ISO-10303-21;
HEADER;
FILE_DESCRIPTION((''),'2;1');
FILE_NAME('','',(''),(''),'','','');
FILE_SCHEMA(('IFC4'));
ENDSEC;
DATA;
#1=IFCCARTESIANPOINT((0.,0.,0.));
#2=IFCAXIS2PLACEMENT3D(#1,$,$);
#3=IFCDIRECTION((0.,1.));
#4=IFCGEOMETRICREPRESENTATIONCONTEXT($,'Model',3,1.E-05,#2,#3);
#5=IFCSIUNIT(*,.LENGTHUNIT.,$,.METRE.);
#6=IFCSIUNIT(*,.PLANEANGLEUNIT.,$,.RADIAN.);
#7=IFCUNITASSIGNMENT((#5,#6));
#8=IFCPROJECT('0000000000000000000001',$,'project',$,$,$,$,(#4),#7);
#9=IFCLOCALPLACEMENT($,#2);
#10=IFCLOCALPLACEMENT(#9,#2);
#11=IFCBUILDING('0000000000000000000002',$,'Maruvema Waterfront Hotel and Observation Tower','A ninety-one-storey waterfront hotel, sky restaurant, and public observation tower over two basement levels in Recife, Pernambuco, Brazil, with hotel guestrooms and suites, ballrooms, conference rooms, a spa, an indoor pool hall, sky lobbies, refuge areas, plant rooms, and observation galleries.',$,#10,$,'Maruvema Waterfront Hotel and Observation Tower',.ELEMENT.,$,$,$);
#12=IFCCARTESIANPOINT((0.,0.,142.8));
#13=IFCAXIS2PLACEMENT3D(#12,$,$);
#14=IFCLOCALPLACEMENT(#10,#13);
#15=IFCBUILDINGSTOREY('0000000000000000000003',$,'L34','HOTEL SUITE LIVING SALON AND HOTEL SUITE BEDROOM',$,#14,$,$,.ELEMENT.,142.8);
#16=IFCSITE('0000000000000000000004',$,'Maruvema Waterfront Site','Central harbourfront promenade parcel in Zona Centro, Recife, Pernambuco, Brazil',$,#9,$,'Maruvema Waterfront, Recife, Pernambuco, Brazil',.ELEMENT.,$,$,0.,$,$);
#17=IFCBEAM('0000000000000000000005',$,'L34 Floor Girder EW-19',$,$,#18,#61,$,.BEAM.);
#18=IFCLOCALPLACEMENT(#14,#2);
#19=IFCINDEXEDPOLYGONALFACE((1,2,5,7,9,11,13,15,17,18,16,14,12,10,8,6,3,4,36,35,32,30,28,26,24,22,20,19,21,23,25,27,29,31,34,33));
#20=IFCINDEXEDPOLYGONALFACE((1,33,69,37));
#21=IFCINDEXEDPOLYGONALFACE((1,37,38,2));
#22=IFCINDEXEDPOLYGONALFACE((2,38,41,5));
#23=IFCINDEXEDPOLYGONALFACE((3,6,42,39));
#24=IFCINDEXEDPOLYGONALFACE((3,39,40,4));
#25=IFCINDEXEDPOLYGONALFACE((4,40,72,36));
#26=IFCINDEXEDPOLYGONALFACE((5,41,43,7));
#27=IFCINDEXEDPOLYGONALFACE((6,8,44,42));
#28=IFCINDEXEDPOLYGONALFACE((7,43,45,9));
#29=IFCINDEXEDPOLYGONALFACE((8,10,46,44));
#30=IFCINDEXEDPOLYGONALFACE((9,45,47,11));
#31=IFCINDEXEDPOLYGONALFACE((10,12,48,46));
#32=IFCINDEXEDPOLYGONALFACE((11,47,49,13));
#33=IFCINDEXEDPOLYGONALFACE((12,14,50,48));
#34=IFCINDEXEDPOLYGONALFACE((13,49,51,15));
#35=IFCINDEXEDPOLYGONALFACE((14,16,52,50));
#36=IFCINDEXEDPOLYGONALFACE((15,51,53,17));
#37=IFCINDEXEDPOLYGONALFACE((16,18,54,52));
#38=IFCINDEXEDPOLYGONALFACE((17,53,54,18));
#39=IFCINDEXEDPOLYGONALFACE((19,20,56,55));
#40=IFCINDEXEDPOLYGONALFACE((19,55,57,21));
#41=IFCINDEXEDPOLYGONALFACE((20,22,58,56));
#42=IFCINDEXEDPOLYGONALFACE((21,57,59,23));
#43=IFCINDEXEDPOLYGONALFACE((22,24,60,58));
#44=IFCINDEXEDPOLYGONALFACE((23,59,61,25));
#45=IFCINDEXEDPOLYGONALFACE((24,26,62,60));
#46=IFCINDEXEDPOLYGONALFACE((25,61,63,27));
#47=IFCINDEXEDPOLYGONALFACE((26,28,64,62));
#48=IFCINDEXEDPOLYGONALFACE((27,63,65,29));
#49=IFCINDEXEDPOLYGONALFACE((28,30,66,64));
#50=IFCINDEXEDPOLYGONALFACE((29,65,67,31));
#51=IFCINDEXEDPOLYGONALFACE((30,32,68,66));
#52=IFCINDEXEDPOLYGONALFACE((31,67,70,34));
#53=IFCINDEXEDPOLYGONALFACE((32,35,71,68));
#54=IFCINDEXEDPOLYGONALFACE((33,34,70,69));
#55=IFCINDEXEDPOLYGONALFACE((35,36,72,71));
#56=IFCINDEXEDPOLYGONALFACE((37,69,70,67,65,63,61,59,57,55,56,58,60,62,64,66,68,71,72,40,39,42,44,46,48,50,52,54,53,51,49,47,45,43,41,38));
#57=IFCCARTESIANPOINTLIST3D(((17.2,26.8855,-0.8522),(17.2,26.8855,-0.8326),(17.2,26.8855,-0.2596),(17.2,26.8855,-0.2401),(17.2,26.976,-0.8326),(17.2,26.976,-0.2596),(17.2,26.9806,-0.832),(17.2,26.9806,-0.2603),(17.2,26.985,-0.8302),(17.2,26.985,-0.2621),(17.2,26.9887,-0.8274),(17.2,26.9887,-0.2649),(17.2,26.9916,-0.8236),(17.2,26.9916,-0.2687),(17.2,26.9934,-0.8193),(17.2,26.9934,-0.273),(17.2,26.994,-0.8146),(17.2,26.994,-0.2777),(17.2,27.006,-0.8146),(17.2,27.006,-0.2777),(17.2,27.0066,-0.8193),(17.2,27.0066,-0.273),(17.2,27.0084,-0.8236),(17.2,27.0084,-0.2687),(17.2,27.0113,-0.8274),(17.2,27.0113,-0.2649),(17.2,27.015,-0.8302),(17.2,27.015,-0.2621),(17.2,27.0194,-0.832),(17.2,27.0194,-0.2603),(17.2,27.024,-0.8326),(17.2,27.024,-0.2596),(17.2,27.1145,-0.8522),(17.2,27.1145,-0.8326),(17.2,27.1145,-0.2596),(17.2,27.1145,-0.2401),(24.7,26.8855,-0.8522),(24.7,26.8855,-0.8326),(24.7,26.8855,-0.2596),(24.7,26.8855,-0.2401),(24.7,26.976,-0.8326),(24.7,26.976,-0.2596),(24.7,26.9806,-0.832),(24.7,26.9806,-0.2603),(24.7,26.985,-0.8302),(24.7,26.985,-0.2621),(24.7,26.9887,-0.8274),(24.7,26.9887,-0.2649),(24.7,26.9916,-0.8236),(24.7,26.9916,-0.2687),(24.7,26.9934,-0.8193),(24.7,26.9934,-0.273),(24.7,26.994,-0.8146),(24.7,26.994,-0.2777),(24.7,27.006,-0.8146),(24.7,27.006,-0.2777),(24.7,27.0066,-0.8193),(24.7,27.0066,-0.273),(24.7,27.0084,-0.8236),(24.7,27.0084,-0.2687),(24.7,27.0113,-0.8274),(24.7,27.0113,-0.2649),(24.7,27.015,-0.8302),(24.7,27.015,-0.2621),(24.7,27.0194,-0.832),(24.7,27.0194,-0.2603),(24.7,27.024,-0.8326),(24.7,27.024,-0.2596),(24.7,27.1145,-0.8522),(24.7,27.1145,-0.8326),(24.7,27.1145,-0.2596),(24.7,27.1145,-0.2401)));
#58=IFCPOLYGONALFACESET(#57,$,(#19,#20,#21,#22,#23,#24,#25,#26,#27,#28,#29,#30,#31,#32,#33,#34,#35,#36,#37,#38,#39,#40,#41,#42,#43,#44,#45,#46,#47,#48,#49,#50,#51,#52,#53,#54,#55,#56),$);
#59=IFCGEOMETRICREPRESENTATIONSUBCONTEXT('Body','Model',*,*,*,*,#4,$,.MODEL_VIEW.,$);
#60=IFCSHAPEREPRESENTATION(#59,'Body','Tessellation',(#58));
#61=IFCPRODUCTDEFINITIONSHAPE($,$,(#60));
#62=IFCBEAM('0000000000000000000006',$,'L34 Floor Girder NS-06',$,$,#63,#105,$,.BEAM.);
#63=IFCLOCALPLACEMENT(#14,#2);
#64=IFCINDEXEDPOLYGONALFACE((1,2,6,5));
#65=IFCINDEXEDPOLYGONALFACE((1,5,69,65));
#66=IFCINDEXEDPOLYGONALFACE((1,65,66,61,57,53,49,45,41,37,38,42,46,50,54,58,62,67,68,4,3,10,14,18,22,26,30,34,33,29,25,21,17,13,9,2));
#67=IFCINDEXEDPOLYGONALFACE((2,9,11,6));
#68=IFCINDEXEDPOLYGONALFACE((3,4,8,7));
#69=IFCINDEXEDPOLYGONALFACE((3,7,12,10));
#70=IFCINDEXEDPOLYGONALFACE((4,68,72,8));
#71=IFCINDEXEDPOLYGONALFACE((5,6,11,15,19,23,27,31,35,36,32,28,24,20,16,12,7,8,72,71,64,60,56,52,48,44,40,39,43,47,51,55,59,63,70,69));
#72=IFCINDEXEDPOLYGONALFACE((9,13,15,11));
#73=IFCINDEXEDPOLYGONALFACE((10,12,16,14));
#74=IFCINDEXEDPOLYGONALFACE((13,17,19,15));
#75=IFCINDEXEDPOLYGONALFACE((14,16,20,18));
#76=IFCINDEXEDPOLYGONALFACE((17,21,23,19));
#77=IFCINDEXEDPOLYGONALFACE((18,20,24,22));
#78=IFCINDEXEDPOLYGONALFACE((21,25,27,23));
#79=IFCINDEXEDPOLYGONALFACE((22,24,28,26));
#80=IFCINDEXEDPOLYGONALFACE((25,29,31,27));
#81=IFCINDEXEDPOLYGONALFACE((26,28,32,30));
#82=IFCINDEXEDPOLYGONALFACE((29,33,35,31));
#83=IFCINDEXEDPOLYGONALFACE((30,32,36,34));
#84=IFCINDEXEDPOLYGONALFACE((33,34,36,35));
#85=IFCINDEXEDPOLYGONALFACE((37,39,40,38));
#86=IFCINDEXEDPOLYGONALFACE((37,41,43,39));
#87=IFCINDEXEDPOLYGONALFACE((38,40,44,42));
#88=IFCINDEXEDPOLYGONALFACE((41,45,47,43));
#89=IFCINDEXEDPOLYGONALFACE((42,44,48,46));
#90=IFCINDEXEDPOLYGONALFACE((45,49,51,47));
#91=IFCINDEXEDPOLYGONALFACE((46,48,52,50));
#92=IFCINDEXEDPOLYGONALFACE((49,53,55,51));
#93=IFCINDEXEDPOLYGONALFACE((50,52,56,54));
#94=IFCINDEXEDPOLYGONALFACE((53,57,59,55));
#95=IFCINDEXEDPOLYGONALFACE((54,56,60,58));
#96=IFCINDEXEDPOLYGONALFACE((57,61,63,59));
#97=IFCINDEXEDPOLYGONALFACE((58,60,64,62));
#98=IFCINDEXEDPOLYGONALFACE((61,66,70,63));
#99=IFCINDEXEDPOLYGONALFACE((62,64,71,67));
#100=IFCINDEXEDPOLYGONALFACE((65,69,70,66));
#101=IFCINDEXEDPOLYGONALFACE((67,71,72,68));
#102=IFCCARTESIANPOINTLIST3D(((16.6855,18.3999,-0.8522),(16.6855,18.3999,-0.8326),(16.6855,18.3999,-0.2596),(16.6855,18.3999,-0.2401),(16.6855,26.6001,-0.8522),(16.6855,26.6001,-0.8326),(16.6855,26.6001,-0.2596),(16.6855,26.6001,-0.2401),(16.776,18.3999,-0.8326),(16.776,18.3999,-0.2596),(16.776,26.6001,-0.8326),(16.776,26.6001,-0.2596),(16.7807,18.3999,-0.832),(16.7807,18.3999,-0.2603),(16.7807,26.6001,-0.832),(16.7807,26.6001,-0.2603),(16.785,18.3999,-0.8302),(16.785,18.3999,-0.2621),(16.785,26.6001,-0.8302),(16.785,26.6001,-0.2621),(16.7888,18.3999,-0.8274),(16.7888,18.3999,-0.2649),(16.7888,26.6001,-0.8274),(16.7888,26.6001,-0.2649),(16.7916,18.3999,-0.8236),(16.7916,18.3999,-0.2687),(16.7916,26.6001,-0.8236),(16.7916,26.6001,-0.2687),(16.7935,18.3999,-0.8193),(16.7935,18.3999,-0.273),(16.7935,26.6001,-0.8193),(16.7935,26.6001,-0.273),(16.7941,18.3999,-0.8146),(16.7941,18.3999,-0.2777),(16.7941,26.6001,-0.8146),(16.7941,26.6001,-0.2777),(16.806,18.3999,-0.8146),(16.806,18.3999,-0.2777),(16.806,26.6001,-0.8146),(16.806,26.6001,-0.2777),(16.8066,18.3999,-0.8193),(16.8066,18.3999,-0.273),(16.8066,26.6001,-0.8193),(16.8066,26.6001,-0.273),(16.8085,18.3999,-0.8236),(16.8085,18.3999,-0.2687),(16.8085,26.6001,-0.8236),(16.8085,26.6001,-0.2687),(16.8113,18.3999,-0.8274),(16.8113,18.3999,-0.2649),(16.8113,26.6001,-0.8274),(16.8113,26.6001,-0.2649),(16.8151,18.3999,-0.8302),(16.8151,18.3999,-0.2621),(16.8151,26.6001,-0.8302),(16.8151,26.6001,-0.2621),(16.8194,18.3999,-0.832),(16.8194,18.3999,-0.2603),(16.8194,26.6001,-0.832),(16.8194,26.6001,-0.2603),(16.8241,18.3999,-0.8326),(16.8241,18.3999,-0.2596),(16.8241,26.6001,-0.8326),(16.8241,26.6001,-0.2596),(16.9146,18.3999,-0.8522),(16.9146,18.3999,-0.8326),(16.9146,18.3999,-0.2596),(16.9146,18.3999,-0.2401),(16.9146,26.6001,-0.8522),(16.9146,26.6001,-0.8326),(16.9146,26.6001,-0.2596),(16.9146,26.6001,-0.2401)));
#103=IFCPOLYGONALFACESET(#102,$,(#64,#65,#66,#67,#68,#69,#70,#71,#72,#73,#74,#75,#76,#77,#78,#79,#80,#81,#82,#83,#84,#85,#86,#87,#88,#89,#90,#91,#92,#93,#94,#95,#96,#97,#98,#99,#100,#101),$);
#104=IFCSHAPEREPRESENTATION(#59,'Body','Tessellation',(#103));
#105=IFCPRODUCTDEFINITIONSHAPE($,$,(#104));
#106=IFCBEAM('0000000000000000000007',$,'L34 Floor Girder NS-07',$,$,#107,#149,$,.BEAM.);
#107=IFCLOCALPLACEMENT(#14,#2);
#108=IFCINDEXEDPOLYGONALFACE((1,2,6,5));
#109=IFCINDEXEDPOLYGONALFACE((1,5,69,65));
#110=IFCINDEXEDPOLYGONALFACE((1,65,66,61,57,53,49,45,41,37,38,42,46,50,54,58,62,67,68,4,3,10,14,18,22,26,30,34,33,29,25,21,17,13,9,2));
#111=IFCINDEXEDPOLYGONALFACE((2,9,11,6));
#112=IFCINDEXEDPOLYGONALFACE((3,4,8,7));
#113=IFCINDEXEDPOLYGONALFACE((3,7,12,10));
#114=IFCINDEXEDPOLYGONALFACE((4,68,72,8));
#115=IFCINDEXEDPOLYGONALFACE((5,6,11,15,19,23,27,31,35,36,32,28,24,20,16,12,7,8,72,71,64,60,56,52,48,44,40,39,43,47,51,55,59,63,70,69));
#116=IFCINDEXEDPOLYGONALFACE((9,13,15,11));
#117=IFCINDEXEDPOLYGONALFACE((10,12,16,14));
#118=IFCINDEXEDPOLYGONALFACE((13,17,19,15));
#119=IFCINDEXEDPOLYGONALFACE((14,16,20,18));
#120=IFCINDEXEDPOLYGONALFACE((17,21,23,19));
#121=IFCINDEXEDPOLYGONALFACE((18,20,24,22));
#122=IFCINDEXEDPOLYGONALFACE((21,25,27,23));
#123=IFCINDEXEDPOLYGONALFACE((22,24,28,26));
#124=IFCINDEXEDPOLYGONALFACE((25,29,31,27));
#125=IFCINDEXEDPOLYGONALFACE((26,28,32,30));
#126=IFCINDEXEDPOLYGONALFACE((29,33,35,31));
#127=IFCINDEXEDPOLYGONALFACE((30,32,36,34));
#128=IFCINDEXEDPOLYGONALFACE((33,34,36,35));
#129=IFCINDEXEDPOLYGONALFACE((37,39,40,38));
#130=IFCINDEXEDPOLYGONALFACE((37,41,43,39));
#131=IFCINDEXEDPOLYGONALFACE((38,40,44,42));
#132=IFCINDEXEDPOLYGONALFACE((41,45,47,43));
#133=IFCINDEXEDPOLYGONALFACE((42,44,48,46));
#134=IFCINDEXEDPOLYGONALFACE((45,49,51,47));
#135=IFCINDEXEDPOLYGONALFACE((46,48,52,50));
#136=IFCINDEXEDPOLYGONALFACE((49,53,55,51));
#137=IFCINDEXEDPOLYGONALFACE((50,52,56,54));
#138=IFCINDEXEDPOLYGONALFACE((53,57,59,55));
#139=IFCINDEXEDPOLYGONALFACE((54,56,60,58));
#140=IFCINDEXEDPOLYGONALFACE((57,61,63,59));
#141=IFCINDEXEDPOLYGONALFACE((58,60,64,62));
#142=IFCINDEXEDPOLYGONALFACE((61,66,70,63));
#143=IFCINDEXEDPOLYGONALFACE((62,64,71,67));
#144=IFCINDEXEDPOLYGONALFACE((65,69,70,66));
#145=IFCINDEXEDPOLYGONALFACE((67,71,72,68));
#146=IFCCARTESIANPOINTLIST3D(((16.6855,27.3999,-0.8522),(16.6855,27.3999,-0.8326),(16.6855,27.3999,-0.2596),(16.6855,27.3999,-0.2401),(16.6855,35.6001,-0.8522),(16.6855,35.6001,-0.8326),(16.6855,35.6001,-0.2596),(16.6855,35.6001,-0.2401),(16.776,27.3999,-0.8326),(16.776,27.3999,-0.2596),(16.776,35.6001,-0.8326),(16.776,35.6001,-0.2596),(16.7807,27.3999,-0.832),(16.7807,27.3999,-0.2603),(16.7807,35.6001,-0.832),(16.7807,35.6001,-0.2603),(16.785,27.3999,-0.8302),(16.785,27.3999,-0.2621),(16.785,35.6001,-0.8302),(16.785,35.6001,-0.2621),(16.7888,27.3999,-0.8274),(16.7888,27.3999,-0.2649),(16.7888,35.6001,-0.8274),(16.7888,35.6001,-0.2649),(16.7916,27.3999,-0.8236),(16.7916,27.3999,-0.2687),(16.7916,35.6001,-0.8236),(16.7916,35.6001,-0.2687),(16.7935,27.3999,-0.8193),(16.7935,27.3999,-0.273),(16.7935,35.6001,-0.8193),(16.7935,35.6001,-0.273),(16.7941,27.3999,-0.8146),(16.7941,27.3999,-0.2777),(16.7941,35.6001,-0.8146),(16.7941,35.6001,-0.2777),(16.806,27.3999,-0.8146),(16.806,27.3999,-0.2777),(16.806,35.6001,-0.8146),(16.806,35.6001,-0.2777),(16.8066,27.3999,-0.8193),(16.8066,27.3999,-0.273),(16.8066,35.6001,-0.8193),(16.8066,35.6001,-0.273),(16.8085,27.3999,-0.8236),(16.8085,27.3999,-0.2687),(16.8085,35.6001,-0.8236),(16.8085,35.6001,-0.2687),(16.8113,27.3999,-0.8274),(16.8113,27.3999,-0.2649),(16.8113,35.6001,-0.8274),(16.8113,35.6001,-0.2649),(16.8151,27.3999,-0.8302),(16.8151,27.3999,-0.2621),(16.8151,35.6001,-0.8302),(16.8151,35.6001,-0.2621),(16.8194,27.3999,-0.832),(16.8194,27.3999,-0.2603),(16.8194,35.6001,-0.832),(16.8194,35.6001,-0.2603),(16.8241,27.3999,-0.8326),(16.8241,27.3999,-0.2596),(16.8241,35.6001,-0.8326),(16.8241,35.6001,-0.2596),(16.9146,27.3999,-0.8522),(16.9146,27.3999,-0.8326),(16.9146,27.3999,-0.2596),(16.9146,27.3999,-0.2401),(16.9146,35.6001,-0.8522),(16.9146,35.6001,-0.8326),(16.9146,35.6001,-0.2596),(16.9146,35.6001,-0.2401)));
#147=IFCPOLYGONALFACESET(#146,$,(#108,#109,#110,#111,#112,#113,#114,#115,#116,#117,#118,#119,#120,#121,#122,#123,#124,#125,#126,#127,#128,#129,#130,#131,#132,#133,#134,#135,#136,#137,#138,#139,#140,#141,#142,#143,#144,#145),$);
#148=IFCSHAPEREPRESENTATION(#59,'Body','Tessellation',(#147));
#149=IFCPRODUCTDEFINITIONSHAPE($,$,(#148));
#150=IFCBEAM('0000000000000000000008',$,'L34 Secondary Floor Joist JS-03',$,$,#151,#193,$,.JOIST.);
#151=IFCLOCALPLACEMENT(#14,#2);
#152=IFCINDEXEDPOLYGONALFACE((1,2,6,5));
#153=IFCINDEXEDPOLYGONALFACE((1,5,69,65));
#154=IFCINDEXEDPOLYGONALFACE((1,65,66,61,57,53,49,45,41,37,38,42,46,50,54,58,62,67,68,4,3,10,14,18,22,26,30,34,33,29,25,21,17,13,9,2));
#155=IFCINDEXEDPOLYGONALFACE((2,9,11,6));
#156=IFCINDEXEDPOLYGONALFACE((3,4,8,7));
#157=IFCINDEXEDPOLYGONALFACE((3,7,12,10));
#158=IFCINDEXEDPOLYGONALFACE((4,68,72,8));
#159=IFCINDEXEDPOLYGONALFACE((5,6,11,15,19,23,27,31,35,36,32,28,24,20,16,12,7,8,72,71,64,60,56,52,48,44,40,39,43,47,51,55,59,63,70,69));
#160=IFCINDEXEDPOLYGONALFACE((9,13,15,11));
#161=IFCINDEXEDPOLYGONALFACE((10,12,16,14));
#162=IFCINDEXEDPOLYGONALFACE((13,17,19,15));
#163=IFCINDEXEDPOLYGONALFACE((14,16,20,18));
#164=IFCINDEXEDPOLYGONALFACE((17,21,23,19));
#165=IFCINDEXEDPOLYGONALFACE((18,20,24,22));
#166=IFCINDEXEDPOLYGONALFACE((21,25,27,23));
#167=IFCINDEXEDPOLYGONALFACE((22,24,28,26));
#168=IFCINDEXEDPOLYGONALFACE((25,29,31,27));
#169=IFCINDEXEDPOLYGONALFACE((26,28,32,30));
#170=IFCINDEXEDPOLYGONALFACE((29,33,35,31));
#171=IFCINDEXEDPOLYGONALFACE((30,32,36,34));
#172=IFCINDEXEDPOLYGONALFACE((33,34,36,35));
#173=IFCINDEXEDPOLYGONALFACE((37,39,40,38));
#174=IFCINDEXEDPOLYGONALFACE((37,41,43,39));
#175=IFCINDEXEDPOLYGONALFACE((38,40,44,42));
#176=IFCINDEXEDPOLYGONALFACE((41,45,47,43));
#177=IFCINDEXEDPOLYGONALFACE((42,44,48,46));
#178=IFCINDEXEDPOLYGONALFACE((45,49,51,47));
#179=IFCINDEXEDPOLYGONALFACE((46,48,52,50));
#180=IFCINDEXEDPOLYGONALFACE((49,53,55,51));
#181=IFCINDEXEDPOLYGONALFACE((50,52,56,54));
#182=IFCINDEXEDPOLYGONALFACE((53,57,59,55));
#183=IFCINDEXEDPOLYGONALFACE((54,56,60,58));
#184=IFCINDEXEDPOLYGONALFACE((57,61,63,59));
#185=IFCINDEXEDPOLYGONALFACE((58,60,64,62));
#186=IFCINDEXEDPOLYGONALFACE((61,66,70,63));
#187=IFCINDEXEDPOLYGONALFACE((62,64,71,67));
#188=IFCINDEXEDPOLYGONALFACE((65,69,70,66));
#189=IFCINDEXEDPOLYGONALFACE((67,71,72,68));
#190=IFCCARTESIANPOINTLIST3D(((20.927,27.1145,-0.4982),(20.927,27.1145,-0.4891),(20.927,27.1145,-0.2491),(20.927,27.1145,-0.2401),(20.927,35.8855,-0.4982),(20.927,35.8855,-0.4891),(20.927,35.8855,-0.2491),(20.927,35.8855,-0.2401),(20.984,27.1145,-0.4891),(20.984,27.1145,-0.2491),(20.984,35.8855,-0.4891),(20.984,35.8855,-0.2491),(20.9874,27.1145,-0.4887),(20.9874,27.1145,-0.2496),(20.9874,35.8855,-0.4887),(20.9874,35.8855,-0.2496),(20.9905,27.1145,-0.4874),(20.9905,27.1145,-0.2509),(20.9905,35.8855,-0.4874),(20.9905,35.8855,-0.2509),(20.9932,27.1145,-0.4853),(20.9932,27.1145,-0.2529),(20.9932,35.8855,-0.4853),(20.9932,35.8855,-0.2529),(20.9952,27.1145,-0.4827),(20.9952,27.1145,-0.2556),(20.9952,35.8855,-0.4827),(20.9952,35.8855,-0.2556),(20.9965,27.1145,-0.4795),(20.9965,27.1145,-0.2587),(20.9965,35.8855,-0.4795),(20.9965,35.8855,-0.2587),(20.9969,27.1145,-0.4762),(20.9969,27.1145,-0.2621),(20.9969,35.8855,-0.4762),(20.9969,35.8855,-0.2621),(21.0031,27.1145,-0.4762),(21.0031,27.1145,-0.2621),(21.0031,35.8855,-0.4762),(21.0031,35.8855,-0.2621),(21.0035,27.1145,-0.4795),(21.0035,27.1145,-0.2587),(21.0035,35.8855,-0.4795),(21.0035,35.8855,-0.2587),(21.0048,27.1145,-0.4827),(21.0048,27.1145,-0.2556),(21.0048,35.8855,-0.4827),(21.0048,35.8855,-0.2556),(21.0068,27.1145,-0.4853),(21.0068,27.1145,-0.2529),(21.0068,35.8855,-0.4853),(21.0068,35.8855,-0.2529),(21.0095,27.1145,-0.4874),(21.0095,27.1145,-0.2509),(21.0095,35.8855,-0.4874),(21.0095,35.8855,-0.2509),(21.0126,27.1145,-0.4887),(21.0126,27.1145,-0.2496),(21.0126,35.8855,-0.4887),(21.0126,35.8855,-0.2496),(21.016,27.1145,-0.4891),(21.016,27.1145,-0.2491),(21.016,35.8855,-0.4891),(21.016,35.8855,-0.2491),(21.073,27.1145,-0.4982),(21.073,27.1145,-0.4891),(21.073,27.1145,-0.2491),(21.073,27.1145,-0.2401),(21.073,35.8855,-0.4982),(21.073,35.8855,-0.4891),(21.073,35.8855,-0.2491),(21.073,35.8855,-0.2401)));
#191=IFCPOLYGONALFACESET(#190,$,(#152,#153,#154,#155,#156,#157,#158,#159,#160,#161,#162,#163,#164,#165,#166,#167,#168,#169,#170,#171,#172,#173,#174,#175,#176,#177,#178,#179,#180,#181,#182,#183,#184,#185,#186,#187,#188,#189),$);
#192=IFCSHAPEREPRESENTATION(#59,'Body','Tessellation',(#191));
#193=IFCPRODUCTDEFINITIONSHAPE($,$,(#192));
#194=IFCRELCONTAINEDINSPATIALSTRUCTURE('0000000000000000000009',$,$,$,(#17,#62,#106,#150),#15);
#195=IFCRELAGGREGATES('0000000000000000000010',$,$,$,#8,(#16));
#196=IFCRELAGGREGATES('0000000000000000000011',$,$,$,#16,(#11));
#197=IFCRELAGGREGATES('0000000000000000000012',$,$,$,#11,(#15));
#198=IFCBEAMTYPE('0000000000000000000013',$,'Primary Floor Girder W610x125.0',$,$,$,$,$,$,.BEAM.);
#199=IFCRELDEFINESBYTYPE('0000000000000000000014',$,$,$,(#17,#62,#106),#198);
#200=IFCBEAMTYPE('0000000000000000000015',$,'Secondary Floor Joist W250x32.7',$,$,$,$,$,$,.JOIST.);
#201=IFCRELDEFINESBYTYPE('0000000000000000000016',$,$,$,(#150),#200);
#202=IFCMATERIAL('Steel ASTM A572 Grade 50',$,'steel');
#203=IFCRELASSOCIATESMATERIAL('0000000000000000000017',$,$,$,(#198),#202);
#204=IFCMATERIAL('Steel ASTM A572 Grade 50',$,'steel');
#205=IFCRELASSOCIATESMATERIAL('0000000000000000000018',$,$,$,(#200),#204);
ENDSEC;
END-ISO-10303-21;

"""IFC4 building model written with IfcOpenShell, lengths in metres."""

from ifc_helpers import new_model, si_unit, direction, frame, origin, origin_2d, place, context, subcontext, project, spatial, i_section, extrude, material, material_profile, profile_set, type_object, element, save


model = new_model("IFC4")

# Units and contexts
model_context = context("Model", 3, precision=1e-05, world=origin(), true_north=direction((0.0, 1.0)))
body_context = subcontext(model_context, "Body", "Model", "MODEL_VIEW")
ifc_project = project(units=[si_unit("LENGTHUNIT", "METRE"), si_unit("PLANEANGLEUNIT", "RADIAN")], contexts=[model_context])

# Site, building, storey
site_placement = place(None, origin())
site = spatial("IfcSite", under=ifc_project, at=site_placement, Name="Maruvema Waterfront Site", Description="Central harbourfront promenade parcel in Zona Centro, Recife, Pernambuco, Brazil", LongName="Maruvema Waterfront, Recife, Pernambuco, Brazil", CompositionType="ELEMENT", RefElevation=0.0)
building_placement = place(site_placement, origin())
building = spatial("IfcBuilding", under=site, at=building_placement, Name="Maruvema Waterfront Hotel and Observation Tower", Description="A ninety-one-storey waterfront hotel, sky restaurant, and public observation tower over two basement levels in Recife, Pernambuco, Brazil, with hotel guestrooms and suites, ballrooms, conference rooms, a spa, an indoor pool hall, sky lobbies, refuge areas, plant rooms, and observation galleries.", LongName="Maruvema Waterfront Hotel and Observation Tower", CompositionType="ELEMENT")
storey_placement = place(building_placement, frame((0.0, 0.0, 142.8)))
storey = spatial("IfcBuildingStorey", under=building, at=storey_placement, Name="L34", Description="HOTEL SUITE LIVING SALON AND HOTEL SUITE BEDROOM", CompositionType="ELEMENT", Elevation=142.8)

# Beams
ifc_material_1 = material(Name="Steel ASTM A572 Grade 50", Category="steel")
ifc_material_profile_1 = material_profile(ifc_material_1, i_section(OverallWidth=0.229, OverallDepth=0.6121, WebThickness=0.012, FlangeThickness=0.0195, FilletRadius=0.0181, at=origin_2d()), Name="W610x125.0")
ifc_profile_set_1 = profile_set([ifc_material_profile_1], Name="Steel ASTM A572 Grade 50")
beam_type_1 = type_object("IfcBeamType", Name="Primary Floor Girder W610x125.0", PredefinedType="BEAM", material=ifc_profile_set_1)
beam_1_placement = place(storey_placement, frame((17.2, 27.0, -0.5461), z_axis=(1.0, 0.0, 0.0), x_axis=(0.0, 1.0, 0.0)))
element("IfcBeam", 1, at=beam_1_placement, inside=storey, type_object=beam_type_1, Name="L34 Floor Girder EW-19", PredefinedType="BEAM", context=body_context, shape_type="SweptSolid", body=[
    extrude(i_section(OverallWidth=0.229, OverallDepth=0.6121, WebThickness=0.012, FlangeThickness=0.0195, FilletRadius=0.0181, at=origin_2d()), origin(), (0.0, 0.0, 1.0), 7.5),
])
for number, where, z_axis, x_axis, name in (
    (2, (16.8, 18.3999, -0.5461), (0.0, 1.0, 0.0), (-1.0, 0.0, 0.0), "L34 Floor Girder NS-06"),
    (3, (16.8, 27.3999, -0.5461), (0.0, 1.0, 0.0), (-1.0, 0.0, 0.0), "L34 Floor Girder NS-07"),
):
    element("IfcBeam", number, at=place(storey_placement, frame(where, z_axis=z_axis, x_axis=x_axis)), inside=storey, type_object=beam_type_1, Name=name, PredefinedType="BEAM", context=body_context, shape_type="SweptSolid", body=[
        extrude(i_section(OverallWidth=0.229, OverallDepth=0.6121, WebThickness=0.012, FlangeThickness=0.0195, FilletRadius=0.0181, at=origin_2d()), origin(), (0.0, 0.0, 1.0), 8.2002),
    ])
ifc_material_2 = material(Name="Steel ASTM A572 Grade 50", Category="steel")
ifc_material_profile_2 = material_profile(ifc_material_2, i_section(OverallWidth=0.146, OverallDepth=0.2581, WebThickness=0.0061, FlangeThickness=0.009, FilletRadius=0.0129, at=origin_2d()), Name="W250x32.7")
ifc_profile_set_2 = profile_set([ifc_material_profile_2], Name="Steel ASTM A572 Grade 50")
beam_type_2 = type_object("IfcBeamType", Name="Secondary Floor Joist W250x32.7", PredefinedType="JOIST", material=ifc_profile_set_2)
beam_2_placement = place(storey_placement, frame((21.0, 27.1145, -0.3691), z_axis=(0.0, 1.0, 0.0), x_axis=(-1.0, 0.0, 0.0)))
element("IfcBeam", 4, at=beam_2_placement, inside=storey, type_object=beam_type_2, Name="L34 Secondary Floor Joist JS-03", PredefinedType="JOIST", context=body_context, shape_type="SweptSolid", body=[
    extrude(i_section(OverallWidth=0.146, OverallDepth=0.2581, WebThickness=0.0061, FlangeThickness=0.009, FilletRadius=0.0129, at=origin_2d()), origin(), (0.0, 0.0, 1.0), 8.771),
])

save(model, "model.ifc")
